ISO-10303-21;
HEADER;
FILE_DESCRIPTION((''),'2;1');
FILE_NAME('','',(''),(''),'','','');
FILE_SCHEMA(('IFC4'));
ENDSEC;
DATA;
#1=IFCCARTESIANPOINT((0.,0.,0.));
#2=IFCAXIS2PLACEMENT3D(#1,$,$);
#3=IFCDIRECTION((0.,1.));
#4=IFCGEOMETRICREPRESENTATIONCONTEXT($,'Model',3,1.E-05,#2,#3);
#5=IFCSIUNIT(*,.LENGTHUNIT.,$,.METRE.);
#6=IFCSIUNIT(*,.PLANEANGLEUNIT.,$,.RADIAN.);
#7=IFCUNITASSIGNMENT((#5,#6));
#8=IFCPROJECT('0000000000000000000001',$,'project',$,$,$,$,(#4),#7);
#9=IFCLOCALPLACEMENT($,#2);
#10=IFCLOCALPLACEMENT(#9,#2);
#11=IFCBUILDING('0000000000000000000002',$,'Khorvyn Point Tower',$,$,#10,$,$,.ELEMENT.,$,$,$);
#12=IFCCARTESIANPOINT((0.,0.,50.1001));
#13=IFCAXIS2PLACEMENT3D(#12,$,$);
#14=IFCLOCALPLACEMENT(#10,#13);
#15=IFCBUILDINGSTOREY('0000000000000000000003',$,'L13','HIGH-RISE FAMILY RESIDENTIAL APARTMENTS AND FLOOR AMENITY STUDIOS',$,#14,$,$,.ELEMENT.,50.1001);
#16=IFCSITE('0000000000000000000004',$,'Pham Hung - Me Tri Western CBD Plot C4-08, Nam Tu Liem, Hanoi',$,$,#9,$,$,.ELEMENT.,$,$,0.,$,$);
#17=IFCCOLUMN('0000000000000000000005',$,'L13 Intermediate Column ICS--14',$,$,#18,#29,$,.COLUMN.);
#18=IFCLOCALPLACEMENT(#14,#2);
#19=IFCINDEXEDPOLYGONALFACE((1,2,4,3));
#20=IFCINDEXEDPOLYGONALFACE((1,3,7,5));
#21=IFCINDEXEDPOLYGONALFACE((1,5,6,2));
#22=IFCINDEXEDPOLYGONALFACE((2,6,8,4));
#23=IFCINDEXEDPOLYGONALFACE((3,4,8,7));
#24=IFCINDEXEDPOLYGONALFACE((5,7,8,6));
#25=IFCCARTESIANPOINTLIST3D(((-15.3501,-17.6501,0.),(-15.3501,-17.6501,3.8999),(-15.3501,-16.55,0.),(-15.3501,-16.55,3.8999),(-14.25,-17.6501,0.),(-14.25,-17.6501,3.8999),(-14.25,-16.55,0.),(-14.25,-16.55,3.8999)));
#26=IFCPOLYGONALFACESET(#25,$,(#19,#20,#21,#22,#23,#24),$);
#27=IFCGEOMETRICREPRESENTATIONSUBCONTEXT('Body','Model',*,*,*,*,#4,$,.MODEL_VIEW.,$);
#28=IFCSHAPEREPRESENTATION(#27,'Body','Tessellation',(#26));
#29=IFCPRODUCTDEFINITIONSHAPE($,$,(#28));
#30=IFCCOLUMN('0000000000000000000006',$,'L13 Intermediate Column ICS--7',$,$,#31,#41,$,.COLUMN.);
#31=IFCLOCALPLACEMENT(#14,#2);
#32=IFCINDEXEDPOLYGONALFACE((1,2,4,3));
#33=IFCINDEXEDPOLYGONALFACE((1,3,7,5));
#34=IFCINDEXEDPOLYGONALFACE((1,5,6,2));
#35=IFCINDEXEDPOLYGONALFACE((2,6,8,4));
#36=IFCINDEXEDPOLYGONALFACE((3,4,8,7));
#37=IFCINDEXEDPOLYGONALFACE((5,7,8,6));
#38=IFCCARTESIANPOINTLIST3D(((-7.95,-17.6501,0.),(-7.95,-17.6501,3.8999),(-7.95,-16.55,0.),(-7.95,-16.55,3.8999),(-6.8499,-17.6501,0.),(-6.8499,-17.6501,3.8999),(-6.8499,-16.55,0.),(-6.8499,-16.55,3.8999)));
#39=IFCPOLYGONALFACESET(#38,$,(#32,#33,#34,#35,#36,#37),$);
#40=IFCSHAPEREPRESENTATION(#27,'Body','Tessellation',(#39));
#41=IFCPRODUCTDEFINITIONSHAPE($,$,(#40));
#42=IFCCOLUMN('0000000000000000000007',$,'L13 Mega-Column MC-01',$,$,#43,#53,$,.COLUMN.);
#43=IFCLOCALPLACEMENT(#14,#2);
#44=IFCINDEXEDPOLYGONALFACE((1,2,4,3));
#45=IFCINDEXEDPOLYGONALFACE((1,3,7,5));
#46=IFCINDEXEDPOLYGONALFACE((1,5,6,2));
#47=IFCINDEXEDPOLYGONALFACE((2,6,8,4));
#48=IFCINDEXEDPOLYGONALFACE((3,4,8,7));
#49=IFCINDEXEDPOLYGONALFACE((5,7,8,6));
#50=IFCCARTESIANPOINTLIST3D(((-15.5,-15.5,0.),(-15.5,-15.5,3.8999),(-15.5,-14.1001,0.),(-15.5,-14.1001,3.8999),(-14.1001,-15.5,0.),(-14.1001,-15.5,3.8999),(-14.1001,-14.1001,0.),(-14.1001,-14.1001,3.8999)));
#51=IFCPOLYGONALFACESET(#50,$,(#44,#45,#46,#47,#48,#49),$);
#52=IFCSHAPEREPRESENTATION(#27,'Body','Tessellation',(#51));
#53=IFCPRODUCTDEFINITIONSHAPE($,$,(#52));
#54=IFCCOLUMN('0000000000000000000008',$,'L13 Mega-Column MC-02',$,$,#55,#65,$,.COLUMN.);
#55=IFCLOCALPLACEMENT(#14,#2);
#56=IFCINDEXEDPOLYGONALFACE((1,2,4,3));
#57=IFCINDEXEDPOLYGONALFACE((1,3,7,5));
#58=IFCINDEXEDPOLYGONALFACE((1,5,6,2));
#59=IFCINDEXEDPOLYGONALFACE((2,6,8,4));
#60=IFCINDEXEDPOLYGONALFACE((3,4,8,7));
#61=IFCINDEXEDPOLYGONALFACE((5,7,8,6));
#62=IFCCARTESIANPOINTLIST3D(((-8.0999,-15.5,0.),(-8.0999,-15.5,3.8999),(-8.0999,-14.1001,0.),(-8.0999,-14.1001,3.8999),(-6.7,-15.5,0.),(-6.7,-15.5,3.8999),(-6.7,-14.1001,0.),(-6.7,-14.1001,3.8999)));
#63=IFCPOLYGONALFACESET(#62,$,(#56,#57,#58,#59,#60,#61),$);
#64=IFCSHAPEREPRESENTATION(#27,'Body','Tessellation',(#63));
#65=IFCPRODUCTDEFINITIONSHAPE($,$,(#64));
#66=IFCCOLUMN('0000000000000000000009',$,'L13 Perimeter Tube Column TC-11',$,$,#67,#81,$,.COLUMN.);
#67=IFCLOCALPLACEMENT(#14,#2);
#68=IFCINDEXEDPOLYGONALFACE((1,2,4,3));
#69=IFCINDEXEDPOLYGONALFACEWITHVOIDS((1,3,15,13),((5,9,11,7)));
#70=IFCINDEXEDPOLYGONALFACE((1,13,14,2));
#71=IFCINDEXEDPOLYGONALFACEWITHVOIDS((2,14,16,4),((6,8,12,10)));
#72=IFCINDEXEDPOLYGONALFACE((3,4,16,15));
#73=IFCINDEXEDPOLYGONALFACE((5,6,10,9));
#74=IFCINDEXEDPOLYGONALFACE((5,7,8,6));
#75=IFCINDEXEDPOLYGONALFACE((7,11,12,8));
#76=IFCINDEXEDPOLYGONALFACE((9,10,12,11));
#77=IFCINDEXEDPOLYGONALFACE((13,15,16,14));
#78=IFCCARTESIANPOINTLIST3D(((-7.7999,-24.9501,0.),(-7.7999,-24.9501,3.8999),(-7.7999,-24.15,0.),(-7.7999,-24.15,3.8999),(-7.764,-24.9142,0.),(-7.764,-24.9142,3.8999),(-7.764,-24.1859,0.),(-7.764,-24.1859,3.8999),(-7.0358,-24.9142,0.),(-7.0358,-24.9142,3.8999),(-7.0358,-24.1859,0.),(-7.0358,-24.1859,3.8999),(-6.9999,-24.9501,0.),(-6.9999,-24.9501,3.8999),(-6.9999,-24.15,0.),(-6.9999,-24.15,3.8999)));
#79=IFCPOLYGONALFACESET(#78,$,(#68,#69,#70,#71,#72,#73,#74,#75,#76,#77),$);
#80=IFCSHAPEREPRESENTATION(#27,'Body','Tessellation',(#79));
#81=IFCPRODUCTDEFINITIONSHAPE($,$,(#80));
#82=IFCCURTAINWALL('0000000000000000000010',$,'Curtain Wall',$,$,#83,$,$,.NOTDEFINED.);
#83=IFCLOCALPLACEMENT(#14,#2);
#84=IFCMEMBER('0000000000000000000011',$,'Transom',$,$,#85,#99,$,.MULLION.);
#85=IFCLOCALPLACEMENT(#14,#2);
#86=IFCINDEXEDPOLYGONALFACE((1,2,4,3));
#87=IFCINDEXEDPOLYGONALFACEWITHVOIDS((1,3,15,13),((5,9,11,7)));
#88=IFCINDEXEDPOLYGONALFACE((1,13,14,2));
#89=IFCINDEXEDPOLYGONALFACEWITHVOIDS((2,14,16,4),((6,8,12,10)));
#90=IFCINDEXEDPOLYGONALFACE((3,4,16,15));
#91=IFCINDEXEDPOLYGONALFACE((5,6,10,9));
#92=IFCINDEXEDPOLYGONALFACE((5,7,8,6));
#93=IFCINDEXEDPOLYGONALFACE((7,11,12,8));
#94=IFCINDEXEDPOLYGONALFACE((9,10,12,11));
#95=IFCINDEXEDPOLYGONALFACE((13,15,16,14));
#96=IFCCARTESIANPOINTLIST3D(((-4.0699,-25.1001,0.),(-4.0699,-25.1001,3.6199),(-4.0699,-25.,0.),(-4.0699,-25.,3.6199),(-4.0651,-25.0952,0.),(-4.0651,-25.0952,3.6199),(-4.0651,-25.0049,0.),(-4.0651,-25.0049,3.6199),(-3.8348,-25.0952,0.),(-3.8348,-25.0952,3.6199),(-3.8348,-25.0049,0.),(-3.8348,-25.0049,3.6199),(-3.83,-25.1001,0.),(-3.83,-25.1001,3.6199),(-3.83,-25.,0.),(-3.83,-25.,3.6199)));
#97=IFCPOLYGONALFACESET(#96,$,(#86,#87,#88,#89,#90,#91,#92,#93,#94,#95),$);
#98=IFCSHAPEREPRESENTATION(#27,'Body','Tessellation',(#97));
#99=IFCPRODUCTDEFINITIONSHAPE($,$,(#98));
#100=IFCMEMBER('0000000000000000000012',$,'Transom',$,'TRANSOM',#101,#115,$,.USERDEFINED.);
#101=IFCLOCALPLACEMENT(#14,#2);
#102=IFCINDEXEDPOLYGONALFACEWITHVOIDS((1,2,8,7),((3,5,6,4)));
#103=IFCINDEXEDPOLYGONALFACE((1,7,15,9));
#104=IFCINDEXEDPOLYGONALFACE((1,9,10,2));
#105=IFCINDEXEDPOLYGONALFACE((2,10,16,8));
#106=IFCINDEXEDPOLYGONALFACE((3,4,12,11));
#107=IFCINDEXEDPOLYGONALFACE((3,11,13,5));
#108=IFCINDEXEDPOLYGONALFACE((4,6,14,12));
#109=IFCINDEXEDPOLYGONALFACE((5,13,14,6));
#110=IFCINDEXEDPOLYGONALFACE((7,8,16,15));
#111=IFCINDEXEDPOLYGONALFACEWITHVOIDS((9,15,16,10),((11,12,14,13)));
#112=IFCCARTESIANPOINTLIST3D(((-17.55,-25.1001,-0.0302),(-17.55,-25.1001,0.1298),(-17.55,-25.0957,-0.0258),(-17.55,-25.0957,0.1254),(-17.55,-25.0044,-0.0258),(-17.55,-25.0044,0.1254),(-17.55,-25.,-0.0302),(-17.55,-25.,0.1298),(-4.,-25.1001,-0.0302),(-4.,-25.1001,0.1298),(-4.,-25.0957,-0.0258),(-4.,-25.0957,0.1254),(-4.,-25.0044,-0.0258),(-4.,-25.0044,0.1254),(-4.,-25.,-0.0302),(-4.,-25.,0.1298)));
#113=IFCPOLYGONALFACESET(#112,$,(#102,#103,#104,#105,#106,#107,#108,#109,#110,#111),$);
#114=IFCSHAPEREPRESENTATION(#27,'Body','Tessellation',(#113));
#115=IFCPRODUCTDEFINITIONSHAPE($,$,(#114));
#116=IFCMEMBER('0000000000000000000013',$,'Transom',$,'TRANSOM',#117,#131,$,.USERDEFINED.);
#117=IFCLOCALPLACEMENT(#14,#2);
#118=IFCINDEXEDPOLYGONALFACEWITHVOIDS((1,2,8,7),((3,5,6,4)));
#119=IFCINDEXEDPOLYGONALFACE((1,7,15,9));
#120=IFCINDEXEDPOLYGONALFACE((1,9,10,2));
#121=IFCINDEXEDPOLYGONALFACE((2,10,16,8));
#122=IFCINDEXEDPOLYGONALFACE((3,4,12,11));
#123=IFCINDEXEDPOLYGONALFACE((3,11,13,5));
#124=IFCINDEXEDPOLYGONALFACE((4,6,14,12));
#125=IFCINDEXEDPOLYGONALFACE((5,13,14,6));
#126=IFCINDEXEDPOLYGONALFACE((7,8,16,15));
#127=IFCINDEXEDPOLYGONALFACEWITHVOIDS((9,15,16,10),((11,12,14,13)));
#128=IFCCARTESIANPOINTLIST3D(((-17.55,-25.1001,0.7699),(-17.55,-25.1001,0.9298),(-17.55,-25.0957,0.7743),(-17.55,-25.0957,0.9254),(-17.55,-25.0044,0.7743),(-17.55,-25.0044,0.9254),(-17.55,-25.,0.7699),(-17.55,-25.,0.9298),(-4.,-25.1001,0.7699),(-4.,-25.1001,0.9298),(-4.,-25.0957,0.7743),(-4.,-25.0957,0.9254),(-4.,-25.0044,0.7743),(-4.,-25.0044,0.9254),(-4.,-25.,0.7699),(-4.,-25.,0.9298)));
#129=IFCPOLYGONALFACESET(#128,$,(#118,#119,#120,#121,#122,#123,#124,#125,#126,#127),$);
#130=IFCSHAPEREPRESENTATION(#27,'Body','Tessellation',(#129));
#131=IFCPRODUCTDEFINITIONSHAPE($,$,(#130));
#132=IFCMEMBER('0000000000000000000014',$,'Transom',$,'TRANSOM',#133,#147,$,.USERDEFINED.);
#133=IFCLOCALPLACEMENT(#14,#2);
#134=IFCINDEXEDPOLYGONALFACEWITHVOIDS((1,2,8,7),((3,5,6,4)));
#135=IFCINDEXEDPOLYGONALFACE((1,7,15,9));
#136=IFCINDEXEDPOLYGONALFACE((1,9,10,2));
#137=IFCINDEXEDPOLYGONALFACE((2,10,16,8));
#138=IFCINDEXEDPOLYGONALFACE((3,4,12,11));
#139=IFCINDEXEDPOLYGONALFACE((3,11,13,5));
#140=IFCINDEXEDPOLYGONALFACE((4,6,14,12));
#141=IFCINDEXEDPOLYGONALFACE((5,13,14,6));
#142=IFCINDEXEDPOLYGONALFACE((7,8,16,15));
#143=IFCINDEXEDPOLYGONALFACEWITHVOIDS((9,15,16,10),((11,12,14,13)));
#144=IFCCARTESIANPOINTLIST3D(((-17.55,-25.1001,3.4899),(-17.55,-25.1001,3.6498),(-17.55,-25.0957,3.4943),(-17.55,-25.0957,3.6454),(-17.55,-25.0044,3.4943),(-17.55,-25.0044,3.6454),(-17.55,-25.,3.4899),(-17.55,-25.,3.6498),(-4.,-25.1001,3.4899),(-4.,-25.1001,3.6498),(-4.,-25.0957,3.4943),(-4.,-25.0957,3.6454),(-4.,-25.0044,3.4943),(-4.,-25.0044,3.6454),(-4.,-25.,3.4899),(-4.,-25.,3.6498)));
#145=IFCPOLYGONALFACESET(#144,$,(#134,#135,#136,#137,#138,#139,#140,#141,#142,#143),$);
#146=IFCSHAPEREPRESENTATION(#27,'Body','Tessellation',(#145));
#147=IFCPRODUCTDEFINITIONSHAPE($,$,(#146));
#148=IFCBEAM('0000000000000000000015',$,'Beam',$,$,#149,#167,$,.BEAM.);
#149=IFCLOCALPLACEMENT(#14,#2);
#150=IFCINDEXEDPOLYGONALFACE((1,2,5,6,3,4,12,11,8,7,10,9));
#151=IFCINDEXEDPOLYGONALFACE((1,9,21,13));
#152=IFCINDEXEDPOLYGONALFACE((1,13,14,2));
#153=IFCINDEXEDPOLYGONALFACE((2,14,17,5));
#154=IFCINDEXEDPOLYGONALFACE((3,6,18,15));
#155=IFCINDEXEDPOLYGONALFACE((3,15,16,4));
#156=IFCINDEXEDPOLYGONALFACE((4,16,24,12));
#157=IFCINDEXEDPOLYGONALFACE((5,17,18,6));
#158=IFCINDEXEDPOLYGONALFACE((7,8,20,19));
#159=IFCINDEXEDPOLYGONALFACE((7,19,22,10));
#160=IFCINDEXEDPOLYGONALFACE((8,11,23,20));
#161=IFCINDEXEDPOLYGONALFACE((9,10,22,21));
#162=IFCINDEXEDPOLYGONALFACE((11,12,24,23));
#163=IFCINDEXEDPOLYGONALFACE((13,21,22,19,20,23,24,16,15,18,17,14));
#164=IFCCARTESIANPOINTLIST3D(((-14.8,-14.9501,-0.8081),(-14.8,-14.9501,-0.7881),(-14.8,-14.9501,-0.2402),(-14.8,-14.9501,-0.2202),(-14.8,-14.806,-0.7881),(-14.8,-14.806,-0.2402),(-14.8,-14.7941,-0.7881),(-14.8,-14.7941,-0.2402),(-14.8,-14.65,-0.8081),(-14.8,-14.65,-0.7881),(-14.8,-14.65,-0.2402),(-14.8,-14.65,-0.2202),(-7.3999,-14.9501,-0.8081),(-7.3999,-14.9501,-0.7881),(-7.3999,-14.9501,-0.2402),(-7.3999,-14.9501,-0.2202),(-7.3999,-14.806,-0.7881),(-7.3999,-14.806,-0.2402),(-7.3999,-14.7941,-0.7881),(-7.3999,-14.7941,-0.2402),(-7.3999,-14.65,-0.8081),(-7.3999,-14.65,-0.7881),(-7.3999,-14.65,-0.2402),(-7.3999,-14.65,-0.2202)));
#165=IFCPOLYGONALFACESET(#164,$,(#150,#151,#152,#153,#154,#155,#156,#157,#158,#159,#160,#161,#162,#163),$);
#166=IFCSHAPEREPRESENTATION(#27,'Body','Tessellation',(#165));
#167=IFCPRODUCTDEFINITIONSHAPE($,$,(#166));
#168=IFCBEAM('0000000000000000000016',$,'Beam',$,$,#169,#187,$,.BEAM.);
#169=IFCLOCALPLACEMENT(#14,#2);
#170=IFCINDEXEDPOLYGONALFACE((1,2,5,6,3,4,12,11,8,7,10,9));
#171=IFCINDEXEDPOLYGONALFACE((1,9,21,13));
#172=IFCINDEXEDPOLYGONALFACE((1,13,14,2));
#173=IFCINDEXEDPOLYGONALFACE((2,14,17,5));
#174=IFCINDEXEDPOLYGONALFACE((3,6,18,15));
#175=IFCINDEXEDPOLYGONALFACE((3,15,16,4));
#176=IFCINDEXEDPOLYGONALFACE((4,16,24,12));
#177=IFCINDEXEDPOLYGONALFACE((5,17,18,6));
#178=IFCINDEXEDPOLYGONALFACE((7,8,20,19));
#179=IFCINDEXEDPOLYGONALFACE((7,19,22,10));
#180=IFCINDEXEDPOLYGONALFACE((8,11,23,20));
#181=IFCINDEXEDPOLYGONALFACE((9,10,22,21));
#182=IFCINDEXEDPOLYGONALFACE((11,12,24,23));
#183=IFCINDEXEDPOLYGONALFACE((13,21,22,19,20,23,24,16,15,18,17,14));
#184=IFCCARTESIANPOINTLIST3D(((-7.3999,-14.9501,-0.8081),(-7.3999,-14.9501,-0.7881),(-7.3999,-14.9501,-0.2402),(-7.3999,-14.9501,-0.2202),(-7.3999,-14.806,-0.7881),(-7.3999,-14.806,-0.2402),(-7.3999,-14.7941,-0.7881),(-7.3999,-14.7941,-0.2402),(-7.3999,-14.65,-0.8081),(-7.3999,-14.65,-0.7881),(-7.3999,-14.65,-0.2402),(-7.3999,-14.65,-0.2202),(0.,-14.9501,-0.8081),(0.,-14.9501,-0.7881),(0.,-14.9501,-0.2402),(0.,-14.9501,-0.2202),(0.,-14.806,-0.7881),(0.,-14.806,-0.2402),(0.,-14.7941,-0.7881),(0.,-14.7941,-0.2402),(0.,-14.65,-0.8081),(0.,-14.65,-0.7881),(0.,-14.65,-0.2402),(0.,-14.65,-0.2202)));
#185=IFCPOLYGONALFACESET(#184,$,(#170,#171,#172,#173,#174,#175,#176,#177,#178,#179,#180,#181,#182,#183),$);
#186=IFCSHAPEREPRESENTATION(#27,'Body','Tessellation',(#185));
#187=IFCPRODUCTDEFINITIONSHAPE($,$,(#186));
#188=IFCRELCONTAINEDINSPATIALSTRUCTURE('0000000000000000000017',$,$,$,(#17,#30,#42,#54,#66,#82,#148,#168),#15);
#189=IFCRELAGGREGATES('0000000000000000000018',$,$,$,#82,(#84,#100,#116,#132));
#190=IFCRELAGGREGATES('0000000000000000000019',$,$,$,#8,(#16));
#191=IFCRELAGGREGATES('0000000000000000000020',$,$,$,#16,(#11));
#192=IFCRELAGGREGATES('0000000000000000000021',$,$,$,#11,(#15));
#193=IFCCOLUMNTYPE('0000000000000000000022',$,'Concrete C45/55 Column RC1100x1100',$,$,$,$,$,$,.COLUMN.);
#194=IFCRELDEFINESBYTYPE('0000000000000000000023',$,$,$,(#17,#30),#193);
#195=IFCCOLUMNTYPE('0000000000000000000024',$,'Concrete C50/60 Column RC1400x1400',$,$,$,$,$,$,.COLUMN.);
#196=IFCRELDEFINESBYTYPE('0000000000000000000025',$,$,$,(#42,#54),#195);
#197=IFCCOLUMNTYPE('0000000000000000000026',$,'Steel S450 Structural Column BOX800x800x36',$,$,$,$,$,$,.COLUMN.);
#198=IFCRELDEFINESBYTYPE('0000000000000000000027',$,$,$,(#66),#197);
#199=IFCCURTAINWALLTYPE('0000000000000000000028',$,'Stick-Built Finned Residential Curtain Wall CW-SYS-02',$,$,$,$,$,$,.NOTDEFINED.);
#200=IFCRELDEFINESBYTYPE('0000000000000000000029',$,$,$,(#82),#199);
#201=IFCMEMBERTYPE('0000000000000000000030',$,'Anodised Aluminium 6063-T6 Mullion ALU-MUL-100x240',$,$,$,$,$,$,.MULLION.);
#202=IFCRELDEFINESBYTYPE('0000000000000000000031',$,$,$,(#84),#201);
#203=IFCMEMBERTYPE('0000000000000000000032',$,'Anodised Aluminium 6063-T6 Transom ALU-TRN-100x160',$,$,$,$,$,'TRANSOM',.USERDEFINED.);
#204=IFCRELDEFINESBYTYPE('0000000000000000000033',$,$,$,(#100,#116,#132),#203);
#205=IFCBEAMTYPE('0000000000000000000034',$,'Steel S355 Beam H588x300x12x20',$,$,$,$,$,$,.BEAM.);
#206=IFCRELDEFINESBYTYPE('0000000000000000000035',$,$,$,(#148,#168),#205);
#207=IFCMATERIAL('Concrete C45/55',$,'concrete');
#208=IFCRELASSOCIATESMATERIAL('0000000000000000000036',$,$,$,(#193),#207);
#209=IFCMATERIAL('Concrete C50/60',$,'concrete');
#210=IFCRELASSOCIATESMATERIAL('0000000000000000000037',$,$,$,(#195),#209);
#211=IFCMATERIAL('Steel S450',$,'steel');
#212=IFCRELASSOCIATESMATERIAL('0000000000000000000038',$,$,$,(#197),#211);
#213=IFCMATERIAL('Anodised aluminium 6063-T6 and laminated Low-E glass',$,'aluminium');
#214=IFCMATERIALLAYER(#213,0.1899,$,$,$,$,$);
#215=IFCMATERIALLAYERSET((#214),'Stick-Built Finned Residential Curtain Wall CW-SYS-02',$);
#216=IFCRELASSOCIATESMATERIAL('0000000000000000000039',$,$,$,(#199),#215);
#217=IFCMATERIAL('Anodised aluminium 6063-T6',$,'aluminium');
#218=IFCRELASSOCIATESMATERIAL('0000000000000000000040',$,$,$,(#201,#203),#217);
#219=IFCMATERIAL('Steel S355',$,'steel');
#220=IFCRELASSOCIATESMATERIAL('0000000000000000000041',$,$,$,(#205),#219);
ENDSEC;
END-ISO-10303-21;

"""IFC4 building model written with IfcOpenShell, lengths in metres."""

from ifc_helpers import new_model, si_unit, direction, frame, origin, origin_2d, place, context, subcontext, project, spatial, rectangle, hollow_rectangle, i_section, extrude, material, layer, layer_set, material_profile, profile_set, type_object, element, aggregate, save


model = new_model("IFC4")

# Units and contexts
model_context = context("Model", 3, precision=1e-05, world=origin(), true_north=direction((0.0, 1.0)))
body_context = subcontext(model_context, "Body", "Model", "MODEL_VIEW")
ifc_project = project(units=[si_unit("LENGTHUNIT", "METRE"), si_unit("PLANEANGLEUNIT", "RADIAN")], contexts=[model_context])

# Site, building, storey
site_placement = place(None, origin())
site = spatial("IfcSite", under=ifc_project, at=site_placement, Name="Pham Hung - Me Tri Western CBD Plot C4-08, Nam Tu Liem, Hanoi", CompositionType="ELEMENT", RefElevation=0.0)
building_placement = place(site_placement, origin())
building = spatial("IfcBuilding", under=site, at=building_placement, Name="Khorvyn Point Tower", CompositionType="ELEMENT")
storey_placement = place(building_placement, frame((0.0, 0.0, 50.1001)))
storey = spatial("IfcBuildingStorey", under=building, at=storey_placement, Name="L13", Description="HIGH-RISE FAMILY RESIDENTIAL APARTMENTS AND FLOOR AMENITY STUDIOS", CompositionType="ELEMENT", Elevation=50.1001)

# Columns
ifc_material_1 = material(Name="Concrete C45/55", Category="concrete")
ifc_material_profile_1 = material_profile(ifc_material_1, rectangle(XDim=1.1001, YDim=1.1001, at=origin_2d()))
ifc_profile_set_1 = profile_set([ifc_material_profile_1], Name="Concrete C45/55 RC1100x1100")
column_type_1 = type_object("IfcColumnType", Name="Concrete C45/55 Column RC1100x1100", PredefinedType="COLUMN", material=ifc_profile_set_1)
for number, where, z_axis, x_axis, name in (
    (1, (-14.8, -17.1001, 0.0), (0.0, 0.0, 1.0), (1.0, 0.0, 0.0), "L13 Intermediate Column ICS--14"),
    (2, (-7.3999, -17.1001, 0.0), (0.0, 0.0, 1.0), (1.0, 0.0, 0.0), "L13 Intermediate Column ICS--7"),
):
    element("IfcColumn", number, at=place(storey_placement, frame(where, z_axis=z_axis, x_axis=x_axis)), inside=storey, type_object=column_type_1, Name=name, PredefinedType="COLUMN", context=body_context, shape_type="SweptSolid", body=[
        extrude(rectangle(XDim=1.1001, YDim=1.1001, at=origin_2d()), origin(), (0.0, 0.0, 1.0), 3.8999),
    ])
ifc_material_2 = material(Name="Concrete C50/60", Category="concrete")
ifc_material_profile_2 = material_profile(ifc_material_2, rectangle(XDim=1.3999, YDim=1.3999, at=origin_2d()))
ifc_profile_set_2 = profile_set([ifc_material_profile_2], Name="Concrete C50/60 RC1400x1400")
column_type_2 = type_object("IfcColumnType", Name="Concrete C50/60 Column RC1400x1400", PredefinedType="COLUMN", material=ifc_profile_set_2)
for number, where, z_axis, x_axis, name in (
    (3, (-14.8, -14.8, 0.0), (0.0, 0.0, 1.0), (1.0, 0.0, 0.0), "L13 Mega-Column MC-01"),
    (4, (-7.3999, -14.8, 0.0), (0.0, 0.0, 1.0), (1.0, 0.0, 0.0), "L13 Mega-Column MC-02"),
):
    element("IfcColumn", number, at=place(storey_placement, frame(where, z_axis=z_axis, x_axis=x_axis)), inside=storey, type_object=column_type_2, Name=name, PredefinedType="COLUMN", context=body_context, shape_type="SweptSolid", body=[
        extrude(rectangle(XDim=1.3999, YDim=1.3999, at=origin_2d()), origin(), (0.0, 0.0, 1.0), 3.8999),
    ])
ifc_material_3 = material(Name="Steel S450", Category="steel")
ifc_material_profile_3 = material_profile(ifc_material_3, hollow_rectangle(XDim=0.8, YDim=0.8, WallThickness=0.0359, at=origin_2d()))
ifc_profile_set_3 = profile_set([ifc_material_profile_3], Name="Steel S450 BOX800x800x36")
column_type_3 = type_object("IfcColumnType", Name="Steel S450 Structural Column BOX800x800x36", PredefinedType="COLUMN", material=ifc_profile_set_3)
column_placement = place(storey_placement, frame((-7.3999, -24.55, 0.0), z_axis=(0.0, 0.0, 1.0), x_axis=(1.0, 0.0, 0.0)))
element("IfcColumn", 5, at=column_placement, inside=storey, type_object=column_type_3, Name="L13 Perimeter Tube Column TC-11", PredefinedType="COLUMN", context=body_context, shape_type="SweptSolid", body=[
    extrude(hollow_rectangle(XDim=0.8, YDim=0.8, WallThickness=0.0359, at=origin_2d()), origin(), (0.0, 0.0, 1.0), 3.8999),
])

# Curtain wall, members
ifc_material_4 = material(Name="Anodised aluminium 6063-T6 and laminated Low-E glass", Category="aluminium")
ifc_layer_1 = layer(ifc_material_4, 0.1899)
ifc_layer_set_1 = layer_set([ifc_layer_1], Name="Stick-Built Finned Residential Curtain Wall CW-SYS-02")
curtain_wall_type = type_object("IfcCurtainWallType", Name="Stick-Built Finned Residential Curtain Wall CW-SYS-02", PredefinedType="NOTDEFINED", material=ifc_layer_set_1)
curtain_wall_placement = place(storey_placement, origin())
curtain_wall = element("IfcCurtainWall", 6, at=curtain_wall_placement, inside=storey, type_object=curtain_wall_type, Name="Curtain Wall", PredefinedType="NOTDEFINED")
ifc_material_5 = material(Name="Anodised aluminium 6063-T6", Category="aluminium")
ifc_material_profile_4 = material_profile(ifc_material_5, hollow_rectangle(XDim=0.1001, YDim=0.24, WallThickness=0.0049, at=origin_2d()))
ifc_profile_set_4 = profile_set([ifc_material_profile_4], Name="Anodised aluminium 6063-T6 ALU-MUL-100x240")
member_type_1 = type_object("IfcMemberType", Name="Anodised Aluminium 6063-T6 Mullion ALU-MUL-100x240", PredefinedType="MULLION", material=ifc_profile_set_4)
member_1_placement = place(storey_placement, frame((-3.95, -25.05, 0.0), z_axis=(0.0, 0.0, 1.0), x_axis=(0.0, -1.0, 0.0)))
member_1 = element("IfcMember", 7, at=member_1_placement, type_object=member_type_1, Name="Transom", PredefinedType="MULLION", context=body_context, shape_type="SweptSolid", body=[
    extrude(hollow_rectangle(XDim=0.1001, YDim=0.24, WallThickness=0.0049, at=origin_2d()), origin(), (0.0, 0.0, 1.0), 3.6199),
])
ifc_material_profile_5 = material_profile(ifc_material_5, hollow_rectangle(XDim=0.1001, YDim=0.1599, WallThickness=0.0044, at=origin_2d()))
ifc_profile_set_5 = profile_set([ifc_material_profile_5], Name="Anodised aluminium 6063-T6 ALU-TRN-100x160")
member_type_2 = type_object("IfcMemberType", Name="Anodised Aluminium 6063-T6 Transom ALU-TRN-100x160", ElementType="TRANSOM", PredefinedType="USERDEFINED", material=ifc_profile_set_5)
member_2_placement = place(storey_placement, frame((-4.0, -25.05, 0.0498), z_axis=(-1.0, 0.0, 0.0), x_axis=(0.0, -1.0, 0.0)))
member_2 = element("IfcMember", 8, at=member_2_placement, type_object=member_type_2, Name="Transom", ObjectType="TRANSOM", PredefinedType="USERDEFINED", context=body_context, shape_type="SweptSolid", body=[
    extrude(hollow_rectangle(XDim=0.1001, YDim=0.1599, WallThickness=0.0044, at=origin_2d()), origin(), (0.0, 0.0, 1.0), 13.55),
])
member_3_placement = place(storey_placement, frame((-4.0, -25.05, 0.8499), z_axis=(-1.0, 0.0, 0.0), x_axis=(0.0, -1.0, 0.0)))
member_3 = element("IfcMember", 9, at=member_3_placement, type_object=member_type_2, Name="Transom", ObjectType="TRANSOM", PredefinedType="USERDEFINED", context=body_context, shape_type="SweptSolid", body=[
    extrude(hollow_rectangle(XDim=0.1001, YDim=0.1599, WallThickness=0.0044, at=origin_2d()), origin(), (0.0, 0.0, 1.0), 13.55),
])
member_4_placement = place(storey_placement, frame((-4.0, -25.05, 3.5698), z_axis=(-1.0, 0.0, 0.0), x_axis=(0.0, -1.0, 0.0)))
member_4 = element("IfcMember", 10, at=member_4_placement, type_object=member_type_2, Name="Transom", ObjectType="TRANSOM", PredefinedType="USERDEFINED", context=body_context, shape_type="SweptSolid", body=[
    extrude(hollow_rectangle(XDim=0.1001, YDim=0.1599, WallThickness=0.0044, at=origin_2d()), origin(), (0.0, 0.0, 1.0), 13.55),
])

# Beams
ifc_material_6 = material(Name="Steel S355", Category="steel")
ifc_material_profile_6 = material_profile(ifc_material_6, i_section(OverallWidth=0.3, OverallDepth=0.5879, WebThickness=0.012, FlangeThickness=0.02, at=origin_2d()))
ifc_profile_set_6 = profile_set([ifc_material_profile_6], Name="Steel S355 H588x300x12x20")
beam_type_1 = type_object("IfcBeamType", Name="Steel S355 Beam H588x300x12x20", PredefinedType="BEAM", material=ifc_profile_set_6)
beam_1_placement = place(storey_placement, frame((-14.8, -14.8, -0.5142), z_axis=(1.0, 0.0, 0.0), x_axis=(0.0, 1.0, 0.0)))
element("IfcBeam", 11, at=beam_1_placement, inside=storey, type_object=beam_type_1, Name="Beam", PredefinedType="BEAM", context=body_context, shape_type="SweptSolid", body=[
    extrude(i_section(OverallWidth=0.3, OverallDepth=0.5879, WebThickness=0.012, FlangeThickness=0.02, at=origin_2d()), origin(), (0.0, 0.0, 1.0), 7.4001),
])
beam_2_placement = place(storey_placement, frame((-7.3999, -14.8, -0.5142), z_axis=(1.0, 0.0, 0.0), x_axis=(0.0, 1.0, 0.0)))
element("IfcBeam", 12, at=beam_2_placement, inside=storey, type_object=beam_type_1, Name="Beam", PredefinedType="BEAM", context=body_context, shape_type="SweptSolid", body=[
    extrude(i_section(OverallWidth=0.3, OverallDepth=0.5879, WebThickness=0.012, FlangeThickness=0.02, at=origin_2d()), origin(), (0.0, 0.0, 1.0), 7.3999),
])

aggregate(curtain_wall, [member_1, member_2, member_3, member_4])

save(model, "model.ifc")
